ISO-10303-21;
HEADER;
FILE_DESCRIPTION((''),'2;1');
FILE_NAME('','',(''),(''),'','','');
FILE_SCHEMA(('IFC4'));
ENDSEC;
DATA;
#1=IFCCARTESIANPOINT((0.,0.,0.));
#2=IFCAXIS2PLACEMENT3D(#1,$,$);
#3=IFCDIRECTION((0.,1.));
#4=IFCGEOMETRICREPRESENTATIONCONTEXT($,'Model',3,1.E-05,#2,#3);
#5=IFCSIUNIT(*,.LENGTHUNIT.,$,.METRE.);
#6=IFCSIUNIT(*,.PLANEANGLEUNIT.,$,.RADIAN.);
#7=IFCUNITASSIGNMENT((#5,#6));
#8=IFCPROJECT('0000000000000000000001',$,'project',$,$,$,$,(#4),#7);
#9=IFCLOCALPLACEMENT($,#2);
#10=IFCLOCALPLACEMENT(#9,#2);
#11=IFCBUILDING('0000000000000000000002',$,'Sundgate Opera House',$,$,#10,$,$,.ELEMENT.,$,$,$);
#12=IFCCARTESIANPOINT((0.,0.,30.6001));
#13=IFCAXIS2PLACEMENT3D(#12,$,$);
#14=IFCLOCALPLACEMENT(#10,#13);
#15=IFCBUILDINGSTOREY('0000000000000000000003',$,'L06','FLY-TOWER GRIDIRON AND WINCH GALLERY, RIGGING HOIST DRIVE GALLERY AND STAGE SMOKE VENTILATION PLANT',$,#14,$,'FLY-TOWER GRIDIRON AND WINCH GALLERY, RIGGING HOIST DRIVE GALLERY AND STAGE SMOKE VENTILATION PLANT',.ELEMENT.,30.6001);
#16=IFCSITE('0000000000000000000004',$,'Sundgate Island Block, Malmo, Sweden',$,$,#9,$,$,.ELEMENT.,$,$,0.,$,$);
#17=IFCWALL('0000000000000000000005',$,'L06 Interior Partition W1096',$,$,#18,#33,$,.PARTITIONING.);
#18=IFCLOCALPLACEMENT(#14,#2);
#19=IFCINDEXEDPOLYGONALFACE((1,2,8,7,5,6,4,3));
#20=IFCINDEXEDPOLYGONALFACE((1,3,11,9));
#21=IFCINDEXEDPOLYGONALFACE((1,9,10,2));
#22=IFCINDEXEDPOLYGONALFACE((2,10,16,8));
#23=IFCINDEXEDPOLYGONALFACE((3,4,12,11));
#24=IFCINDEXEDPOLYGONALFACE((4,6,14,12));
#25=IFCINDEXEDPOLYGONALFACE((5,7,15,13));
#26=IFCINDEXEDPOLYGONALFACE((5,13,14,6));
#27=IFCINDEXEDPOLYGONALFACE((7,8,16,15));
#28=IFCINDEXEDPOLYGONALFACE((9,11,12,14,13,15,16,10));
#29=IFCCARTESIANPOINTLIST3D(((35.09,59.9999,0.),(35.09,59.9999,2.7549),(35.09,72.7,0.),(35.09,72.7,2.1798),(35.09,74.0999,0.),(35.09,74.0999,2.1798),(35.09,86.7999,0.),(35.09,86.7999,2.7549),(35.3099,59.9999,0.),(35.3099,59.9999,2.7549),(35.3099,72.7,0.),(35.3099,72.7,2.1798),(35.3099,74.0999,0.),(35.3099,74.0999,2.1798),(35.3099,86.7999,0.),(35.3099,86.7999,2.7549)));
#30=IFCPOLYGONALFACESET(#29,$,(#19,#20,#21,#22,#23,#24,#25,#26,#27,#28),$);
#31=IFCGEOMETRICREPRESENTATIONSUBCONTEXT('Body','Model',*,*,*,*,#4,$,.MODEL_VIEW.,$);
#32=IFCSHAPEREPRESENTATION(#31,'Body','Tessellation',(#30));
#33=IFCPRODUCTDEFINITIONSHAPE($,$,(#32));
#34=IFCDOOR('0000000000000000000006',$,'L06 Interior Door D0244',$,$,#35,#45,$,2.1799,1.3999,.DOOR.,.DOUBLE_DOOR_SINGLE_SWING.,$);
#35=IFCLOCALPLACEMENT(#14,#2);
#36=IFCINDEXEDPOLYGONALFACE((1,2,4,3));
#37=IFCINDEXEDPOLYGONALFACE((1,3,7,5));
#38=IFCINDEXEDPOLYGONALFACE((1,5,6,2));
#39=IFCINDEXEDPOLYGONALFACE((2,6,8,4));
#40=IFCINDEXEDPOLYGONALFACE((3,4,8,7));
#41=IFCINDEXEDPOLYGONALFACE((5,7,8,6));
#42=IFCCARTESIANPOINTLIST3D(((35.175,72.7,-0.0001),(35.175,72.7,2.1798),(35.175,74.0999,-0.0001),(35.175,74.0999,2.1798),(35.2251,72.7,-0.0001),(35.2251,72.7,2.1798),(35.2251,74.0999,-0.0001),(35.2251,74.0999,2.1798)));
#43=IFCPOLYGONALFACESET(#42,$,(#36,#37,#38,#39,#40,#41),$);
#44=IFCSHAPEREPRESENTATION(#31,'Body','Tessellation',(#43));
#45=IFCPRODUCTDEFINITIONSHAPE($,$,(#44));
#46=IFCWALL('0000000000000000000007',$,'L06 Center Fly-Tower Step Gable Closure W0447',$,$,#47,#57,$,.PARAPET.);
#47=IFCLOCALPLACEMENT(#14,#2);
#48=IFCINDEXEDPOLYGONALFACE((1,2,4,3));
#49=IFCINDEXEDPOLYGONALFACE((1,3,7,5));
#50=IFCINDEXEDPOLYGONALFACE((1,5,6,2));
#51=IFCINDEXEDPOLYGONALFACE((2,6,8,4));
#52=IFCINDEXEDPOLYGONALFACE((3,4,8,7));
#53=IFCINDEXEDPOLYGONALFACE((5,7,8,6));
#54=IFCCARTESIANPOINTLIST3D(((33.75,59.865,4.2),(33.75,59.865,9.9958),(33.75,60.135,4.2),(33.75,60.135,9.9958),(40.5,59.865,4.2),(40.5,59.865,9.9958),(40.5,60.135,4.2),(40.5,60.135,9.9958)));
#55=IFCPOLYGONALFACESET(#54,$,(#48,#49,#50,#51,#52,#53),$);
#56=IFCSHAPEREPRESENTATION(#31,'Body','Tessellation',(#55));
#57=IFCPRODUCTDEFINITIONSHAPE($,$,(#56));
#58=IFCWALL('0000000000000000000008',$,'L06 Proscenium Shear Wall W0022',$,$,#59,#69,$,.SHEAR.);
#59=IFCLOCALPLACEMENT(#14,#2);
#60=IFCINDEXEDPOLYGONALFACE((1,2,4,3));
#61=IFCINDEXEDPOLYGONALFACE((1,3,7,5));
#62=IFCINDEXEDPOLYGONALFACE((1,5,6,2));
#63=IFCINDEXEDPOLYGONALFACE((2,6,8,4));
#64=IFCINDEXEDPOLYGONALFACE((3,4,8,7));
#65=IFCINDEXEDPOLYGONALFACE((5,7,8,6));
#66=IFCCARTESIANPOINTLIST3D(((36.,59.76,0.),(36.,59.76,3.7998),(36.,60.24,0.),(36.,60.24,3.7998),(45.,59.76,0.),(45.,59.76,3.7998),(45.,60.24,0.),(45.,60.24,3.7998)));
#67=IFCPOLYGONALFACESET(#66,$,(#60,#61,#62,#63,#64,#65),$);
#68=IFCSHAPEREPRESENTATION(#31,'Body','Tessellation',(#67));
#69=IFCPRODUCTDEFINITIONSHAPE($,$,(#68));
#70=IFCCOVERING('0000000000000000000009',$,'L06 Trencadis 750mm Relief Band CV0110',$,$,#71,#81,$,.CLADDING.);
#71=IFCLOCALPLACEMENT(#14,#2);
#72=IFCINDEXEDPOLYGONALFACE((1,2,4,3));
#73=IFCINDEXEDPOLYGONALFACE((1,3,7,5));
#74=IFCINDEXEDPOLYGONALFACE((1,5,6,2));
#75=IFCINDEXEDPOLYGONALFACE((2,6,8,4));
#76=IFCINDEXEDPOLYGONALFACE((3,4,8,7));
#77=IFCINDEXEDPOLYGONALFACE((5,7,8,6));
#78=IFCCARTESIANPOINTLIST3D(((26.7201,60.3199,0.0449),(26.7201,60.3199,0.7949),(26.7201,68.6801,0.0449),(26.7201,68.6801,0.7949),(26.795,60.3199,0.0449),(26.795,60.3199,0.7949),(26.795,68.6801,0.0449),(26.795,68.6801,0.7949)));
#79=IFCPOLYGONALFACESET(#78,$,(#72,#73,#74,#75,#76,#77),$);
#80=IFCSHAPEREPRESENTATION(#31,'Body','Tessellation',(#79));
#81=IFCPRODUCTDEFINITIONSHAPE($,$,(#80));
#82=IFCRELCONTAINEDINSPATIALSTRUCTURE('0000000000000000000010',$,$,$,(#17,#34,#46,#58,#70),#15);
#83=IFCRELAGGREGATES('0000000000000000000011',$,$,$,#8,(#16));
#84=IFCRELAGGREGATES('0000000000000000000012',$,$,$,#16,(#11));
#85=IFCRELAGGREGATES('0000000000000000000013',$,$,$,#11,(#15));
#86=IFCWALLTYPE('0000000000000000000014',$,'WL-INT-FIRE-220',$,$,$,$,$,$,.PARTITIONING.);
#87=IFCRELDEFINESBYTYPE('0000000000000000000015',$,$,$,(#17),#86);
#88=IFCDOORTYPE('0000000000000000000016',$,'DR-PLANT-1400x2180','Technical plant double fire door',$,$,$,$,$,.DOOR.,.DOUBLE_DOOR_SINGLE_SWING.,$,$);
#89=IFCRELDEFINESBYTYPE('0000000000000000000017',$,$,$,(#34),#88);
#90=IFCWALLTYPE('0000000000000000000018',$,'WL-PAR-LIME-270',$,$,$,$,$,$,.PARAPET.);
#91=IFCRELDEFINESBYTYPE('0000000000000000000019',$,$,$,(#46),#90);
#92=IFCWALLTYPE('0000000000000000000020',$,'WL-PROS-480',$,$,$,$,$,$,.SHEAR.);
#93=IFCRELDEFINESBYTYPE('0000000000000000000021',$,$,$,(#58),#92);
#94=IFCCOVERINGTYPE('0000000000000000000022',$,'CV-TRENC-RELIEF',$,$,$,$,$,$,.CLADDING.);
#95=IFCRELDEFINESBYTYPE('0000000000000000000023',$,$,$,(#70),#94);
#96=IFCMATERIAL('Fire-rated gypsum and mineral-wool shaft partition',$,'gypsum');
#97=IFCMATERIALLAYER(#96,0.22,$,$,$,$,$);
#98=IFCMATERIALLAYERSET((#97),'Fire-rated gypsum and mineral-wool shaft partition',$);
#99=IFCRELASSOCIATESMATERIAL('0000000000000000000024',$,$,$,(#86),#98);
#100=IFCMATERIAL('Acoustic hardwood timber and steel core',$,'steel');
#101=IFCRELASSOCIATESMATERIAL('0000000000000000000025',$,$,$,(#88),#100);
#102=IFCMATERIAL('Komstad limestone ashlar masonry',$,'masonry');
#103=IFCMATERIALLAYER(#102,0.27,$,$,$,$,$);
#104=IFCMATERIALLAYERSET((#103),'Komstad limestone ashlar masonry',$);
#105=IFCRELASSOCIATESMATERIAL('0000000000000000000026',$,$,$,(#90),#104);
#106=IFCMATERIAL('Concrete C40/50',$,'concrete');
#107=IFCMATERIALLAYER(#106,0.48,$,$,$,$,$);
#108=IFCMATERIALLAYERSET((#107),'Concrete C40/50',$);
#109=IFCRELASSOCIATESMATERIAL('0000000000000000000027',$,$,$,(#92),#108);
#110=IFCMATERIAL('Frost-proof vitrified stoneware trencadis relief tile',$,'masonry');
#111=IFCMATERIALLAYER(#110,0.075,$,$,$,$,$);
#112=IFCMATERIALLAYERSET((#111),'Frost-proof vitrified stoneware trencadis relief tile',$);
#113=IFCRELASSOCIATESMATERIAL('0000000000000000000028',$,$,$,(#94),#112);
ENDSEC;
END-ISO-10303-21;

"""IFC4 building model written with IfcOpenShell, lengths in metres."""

from ifc_helpers import new_model, si_unit, direction, frame, frame_2d, origin, origin_2d, place, context, subcontext, project, spatial, rectangle, extrude, material, layer, layer_set, type_object, element, fill, save


model = new_model("IFC4")

# Units and contexts
model_context = context("Model", 3, precision=1e-05, world=origin(), true_north=direction((0.0, 1.0)))
body_context = subcontext(model_context, "Body", "Model", "MODEL_VIEW")
ifc_project = project(units=[si_unit("LENGTHUNIT", "METRE"), si_unit("PLANEANGLEUNIT", "RADIAN")], contexts=[model_context])

# Site, building, storey
site_placement = place(None, origin())
site = spatial("IfcSite", under=ifc_project, at=site_placement, Name="Sundgate Island Block, Malmo, Sweden", CompositionType="ELEMENT", RefElevation=0.0)
building_placement = place(site_placement, origin())
building = spatial("IfcBuilding", under=site, at=building_placement, Name="Sundgate Opera House", CompositionType="ELEMENT")
storey_placement = place(building_placement, frame((0.0, 0.0, 30.6001)))
storey = spatial("IfcBuildingStorey", under=building, at=storey_placement, Name="L06", Description="FLY-TOWER GRIDIRON AND WINCH GALLERY, RIGGING HOIST DRIVE GALLERY AND STAGE SMOKE VENTILATION PLANT", LongName="FLY-TOWER GRIDIRON AND WINCH GALLERY, RIGGING HOIST DRIVE GALLERY AND STAGE SMOKE VENTILATION PLANT", CompositionType="ELEMENT", Elevation=30.6001)

# Wall, opening, door
ifc_material_1 = material(Name="Fire-rated gypsum and mineral-wool shaft partition", Category="gypsum")
ifc_layer_1 = layer(ifc_material_1, 0.22)
ifc_layer_set_1 = layer_set([ifc_layer_1], Name="Fire-rated gypsum and mineral-wool shaft partition")
wall_type_1 = type_object("IfcWallType", Name="WL-INT-FIRE-220", PredefinedType="PARTITIONING", material=ifc_layer_set_1)
wall_1_placement = place(storey_placement, frame((35.2, 60.0, 0.0), z_axis=(0.0, 0.0, 1.0), x_axis=(0.0, 1.0, 0.0)))
wall_1 = element("IfcWall", 1, at=wall_1_placement, inside=storey, type_object=wall_type_1, Name="L06 Interior Partition W1096", PredefinedType="PARTITIONING", context=body_context, shape_type="SweptSolid", body=[
    extrude(rectangle(XDim=26.8, YDim=0.22, at=frame_2d((13.3999, 0.0))), origin(), (0.0, 0.0, 1.0), 2.7549),
])
opening_placement = place(wall_1_placement, frame((12.7, 0.0, 0.0)))
opening = element("IfcOpeningElement", 2, at=opening_placement, cuts=wall_1, PredefinedType="OPENING", context=body_context, shape_type="SweptSolid", body=[
    extrude(rectangle(XDim=1.3999, YDim=2.1799, at=frame_2d((0.7, 1.0898))), frame((0.0, 0.1199, 0.0), z_axis=(0.0, -1.0, 0.0), x_axis=(1.0, 0.0, 0.0)), (0.0, 0.0, 1.0), 0.24),
])
ifc_material_2 = material(Name="Acoustic hardwood timber and steel core", Category="steel")
door_type = type_object("IfcDoorType", Name="DR-PLANT-1400x2180", Description="Technical plant double fire door", OperationType="DOUBLE_DOOR_SINGLE_SWING", PredefinedType="DOOR", material=ifc_material_2)
door_placement = place(opening_placement, origin())
door = element("IfcDoor", 3, at=door_placement, inside=storey, type_object=door_type, Name="L06 Interior Door D0244", OperationType="DOUBLE_DOOR_SINGLE_SWING", OverallHeight=2.1799, OverallWidth=1.3999, PredefinedType="DOOR", context=body_context, shape_type="SweptSolid", body=[
    extrude(rectangle(XDim=1.3999, YDim=2.1799, at=frame_2d((0.7, 1.0898))), frame((0.0, 0.0249, 0.0), z_axis=(0.0, -1.0, 0.0), x_axis=(1.0, 0.0, 0.0)), (0.0, 0.0, 1.0), 0.05),
])
fill(opening, door)

# Walls
ifc_material_3 = material(Name="Komstad limestone ashlar masonry", Category="masonry")
ifc_layer_2 = layer(ifc_material_3, 0.27)
ifc_layer_set_2 = layer_set([ifc_layer_2], Name="Komstad limestone ashlar masonry")
wall_type_2 = type_object("IfcWallType", Name="WL-PAR-LIME-270", PredefinedType="PARAPET", material=ifc_layer_set_2)
wall_2_placement = place(storey_placement, frame((33.75, 60.0, 4.2), z_axis=(0.0, 0.0, 1.0), x_axis=(1.0, 0.0, 0.0)))
element("IfcWall", 4, at=wall_2_placement, inside=storey, type_object=wall_type_2, Name="L06 Center Fly-Tower Step Gable Closure W0447", PredefinedType="PARAPET", context=body_context, shape_type="SweptSolid", body=[
    extrude(rectangle(XDim=6.75, YDim=0.27, at=frame_2d((3.375, 0.0))), origin(), (0.0, 0.0, 1.0), 5.7959),
])
ifc_material_4 = material(Name="Concrete C40/50", Category="concrete")
ifc_layer_3 = layer(ifc_material_4, 0.48)
ifc_layer_set_3 = layer_set([ifc_layer_3], Name="Concrete C40/50")
wall_type_3 = type_object("IfcWallType", Name="WL-PROS-480", PredefinedType="SHEAR", material=ifc_layer_set_3)
wall_3_placement = place(storey_placement, frame((36.0, 60.0, 0.0), z_axis=(0.0, 0.0, 1.0), x_axis=(1.0, 0.0, 0.0)))
element("IfcWall", 5, at=wall_3_placement, inside=storey, type_object=wall_type_3, Name="L06 Proscenium Shear Wall W0022", PredefinedType="SHEAR", context=body_context, shape_type="SweptSolid", body=[
    extrude(rectangle(XDim=9.0, YDim=0.48, at=frame_2d((4.5, 0.0))), origin(), (0.0, 0.0, 1.0), 3.7998),
])

# Covering
ifc_material_5 = material(Name="Frost-proof vitrified stoneware trencadis relief tile", Category="masonry")
ifc_layer_4 = layer(ifc_material_5, 0.075)
ifc_layer_set_4 = layer_set([ifc_layer_4], Name="Frost-proof vitrified stoneware trencadis relief tile")
covering_type = type_object("IfcCoveringType", Name="CV-TRENC-RELIEF", PredefinedType="CLADDING", material=ifc_layer_set_4)
covering_placement = place(storey_placement, frame((26.7576, 64.5, 0.0449), z_axis=(0.0, 0.0, 1.0), x_axis=(0.0, 1.0, 0.0)))
element("IfcCovering", 6, at=covering_placement, inside=storey, type_object=covering_type, Name="L06 Trencadis 750mm Relief Band CV0110", PredefinedType="CLADDING", context=body_context, shape_type="SweptSolid", body=[
    extrude(rectangle(XDim=8.3601, YDim=0.075, at=origin_2d()), origin(), (0.0, 0.0, 1.0), 0.75),
])

save(model, "model.ifc")
